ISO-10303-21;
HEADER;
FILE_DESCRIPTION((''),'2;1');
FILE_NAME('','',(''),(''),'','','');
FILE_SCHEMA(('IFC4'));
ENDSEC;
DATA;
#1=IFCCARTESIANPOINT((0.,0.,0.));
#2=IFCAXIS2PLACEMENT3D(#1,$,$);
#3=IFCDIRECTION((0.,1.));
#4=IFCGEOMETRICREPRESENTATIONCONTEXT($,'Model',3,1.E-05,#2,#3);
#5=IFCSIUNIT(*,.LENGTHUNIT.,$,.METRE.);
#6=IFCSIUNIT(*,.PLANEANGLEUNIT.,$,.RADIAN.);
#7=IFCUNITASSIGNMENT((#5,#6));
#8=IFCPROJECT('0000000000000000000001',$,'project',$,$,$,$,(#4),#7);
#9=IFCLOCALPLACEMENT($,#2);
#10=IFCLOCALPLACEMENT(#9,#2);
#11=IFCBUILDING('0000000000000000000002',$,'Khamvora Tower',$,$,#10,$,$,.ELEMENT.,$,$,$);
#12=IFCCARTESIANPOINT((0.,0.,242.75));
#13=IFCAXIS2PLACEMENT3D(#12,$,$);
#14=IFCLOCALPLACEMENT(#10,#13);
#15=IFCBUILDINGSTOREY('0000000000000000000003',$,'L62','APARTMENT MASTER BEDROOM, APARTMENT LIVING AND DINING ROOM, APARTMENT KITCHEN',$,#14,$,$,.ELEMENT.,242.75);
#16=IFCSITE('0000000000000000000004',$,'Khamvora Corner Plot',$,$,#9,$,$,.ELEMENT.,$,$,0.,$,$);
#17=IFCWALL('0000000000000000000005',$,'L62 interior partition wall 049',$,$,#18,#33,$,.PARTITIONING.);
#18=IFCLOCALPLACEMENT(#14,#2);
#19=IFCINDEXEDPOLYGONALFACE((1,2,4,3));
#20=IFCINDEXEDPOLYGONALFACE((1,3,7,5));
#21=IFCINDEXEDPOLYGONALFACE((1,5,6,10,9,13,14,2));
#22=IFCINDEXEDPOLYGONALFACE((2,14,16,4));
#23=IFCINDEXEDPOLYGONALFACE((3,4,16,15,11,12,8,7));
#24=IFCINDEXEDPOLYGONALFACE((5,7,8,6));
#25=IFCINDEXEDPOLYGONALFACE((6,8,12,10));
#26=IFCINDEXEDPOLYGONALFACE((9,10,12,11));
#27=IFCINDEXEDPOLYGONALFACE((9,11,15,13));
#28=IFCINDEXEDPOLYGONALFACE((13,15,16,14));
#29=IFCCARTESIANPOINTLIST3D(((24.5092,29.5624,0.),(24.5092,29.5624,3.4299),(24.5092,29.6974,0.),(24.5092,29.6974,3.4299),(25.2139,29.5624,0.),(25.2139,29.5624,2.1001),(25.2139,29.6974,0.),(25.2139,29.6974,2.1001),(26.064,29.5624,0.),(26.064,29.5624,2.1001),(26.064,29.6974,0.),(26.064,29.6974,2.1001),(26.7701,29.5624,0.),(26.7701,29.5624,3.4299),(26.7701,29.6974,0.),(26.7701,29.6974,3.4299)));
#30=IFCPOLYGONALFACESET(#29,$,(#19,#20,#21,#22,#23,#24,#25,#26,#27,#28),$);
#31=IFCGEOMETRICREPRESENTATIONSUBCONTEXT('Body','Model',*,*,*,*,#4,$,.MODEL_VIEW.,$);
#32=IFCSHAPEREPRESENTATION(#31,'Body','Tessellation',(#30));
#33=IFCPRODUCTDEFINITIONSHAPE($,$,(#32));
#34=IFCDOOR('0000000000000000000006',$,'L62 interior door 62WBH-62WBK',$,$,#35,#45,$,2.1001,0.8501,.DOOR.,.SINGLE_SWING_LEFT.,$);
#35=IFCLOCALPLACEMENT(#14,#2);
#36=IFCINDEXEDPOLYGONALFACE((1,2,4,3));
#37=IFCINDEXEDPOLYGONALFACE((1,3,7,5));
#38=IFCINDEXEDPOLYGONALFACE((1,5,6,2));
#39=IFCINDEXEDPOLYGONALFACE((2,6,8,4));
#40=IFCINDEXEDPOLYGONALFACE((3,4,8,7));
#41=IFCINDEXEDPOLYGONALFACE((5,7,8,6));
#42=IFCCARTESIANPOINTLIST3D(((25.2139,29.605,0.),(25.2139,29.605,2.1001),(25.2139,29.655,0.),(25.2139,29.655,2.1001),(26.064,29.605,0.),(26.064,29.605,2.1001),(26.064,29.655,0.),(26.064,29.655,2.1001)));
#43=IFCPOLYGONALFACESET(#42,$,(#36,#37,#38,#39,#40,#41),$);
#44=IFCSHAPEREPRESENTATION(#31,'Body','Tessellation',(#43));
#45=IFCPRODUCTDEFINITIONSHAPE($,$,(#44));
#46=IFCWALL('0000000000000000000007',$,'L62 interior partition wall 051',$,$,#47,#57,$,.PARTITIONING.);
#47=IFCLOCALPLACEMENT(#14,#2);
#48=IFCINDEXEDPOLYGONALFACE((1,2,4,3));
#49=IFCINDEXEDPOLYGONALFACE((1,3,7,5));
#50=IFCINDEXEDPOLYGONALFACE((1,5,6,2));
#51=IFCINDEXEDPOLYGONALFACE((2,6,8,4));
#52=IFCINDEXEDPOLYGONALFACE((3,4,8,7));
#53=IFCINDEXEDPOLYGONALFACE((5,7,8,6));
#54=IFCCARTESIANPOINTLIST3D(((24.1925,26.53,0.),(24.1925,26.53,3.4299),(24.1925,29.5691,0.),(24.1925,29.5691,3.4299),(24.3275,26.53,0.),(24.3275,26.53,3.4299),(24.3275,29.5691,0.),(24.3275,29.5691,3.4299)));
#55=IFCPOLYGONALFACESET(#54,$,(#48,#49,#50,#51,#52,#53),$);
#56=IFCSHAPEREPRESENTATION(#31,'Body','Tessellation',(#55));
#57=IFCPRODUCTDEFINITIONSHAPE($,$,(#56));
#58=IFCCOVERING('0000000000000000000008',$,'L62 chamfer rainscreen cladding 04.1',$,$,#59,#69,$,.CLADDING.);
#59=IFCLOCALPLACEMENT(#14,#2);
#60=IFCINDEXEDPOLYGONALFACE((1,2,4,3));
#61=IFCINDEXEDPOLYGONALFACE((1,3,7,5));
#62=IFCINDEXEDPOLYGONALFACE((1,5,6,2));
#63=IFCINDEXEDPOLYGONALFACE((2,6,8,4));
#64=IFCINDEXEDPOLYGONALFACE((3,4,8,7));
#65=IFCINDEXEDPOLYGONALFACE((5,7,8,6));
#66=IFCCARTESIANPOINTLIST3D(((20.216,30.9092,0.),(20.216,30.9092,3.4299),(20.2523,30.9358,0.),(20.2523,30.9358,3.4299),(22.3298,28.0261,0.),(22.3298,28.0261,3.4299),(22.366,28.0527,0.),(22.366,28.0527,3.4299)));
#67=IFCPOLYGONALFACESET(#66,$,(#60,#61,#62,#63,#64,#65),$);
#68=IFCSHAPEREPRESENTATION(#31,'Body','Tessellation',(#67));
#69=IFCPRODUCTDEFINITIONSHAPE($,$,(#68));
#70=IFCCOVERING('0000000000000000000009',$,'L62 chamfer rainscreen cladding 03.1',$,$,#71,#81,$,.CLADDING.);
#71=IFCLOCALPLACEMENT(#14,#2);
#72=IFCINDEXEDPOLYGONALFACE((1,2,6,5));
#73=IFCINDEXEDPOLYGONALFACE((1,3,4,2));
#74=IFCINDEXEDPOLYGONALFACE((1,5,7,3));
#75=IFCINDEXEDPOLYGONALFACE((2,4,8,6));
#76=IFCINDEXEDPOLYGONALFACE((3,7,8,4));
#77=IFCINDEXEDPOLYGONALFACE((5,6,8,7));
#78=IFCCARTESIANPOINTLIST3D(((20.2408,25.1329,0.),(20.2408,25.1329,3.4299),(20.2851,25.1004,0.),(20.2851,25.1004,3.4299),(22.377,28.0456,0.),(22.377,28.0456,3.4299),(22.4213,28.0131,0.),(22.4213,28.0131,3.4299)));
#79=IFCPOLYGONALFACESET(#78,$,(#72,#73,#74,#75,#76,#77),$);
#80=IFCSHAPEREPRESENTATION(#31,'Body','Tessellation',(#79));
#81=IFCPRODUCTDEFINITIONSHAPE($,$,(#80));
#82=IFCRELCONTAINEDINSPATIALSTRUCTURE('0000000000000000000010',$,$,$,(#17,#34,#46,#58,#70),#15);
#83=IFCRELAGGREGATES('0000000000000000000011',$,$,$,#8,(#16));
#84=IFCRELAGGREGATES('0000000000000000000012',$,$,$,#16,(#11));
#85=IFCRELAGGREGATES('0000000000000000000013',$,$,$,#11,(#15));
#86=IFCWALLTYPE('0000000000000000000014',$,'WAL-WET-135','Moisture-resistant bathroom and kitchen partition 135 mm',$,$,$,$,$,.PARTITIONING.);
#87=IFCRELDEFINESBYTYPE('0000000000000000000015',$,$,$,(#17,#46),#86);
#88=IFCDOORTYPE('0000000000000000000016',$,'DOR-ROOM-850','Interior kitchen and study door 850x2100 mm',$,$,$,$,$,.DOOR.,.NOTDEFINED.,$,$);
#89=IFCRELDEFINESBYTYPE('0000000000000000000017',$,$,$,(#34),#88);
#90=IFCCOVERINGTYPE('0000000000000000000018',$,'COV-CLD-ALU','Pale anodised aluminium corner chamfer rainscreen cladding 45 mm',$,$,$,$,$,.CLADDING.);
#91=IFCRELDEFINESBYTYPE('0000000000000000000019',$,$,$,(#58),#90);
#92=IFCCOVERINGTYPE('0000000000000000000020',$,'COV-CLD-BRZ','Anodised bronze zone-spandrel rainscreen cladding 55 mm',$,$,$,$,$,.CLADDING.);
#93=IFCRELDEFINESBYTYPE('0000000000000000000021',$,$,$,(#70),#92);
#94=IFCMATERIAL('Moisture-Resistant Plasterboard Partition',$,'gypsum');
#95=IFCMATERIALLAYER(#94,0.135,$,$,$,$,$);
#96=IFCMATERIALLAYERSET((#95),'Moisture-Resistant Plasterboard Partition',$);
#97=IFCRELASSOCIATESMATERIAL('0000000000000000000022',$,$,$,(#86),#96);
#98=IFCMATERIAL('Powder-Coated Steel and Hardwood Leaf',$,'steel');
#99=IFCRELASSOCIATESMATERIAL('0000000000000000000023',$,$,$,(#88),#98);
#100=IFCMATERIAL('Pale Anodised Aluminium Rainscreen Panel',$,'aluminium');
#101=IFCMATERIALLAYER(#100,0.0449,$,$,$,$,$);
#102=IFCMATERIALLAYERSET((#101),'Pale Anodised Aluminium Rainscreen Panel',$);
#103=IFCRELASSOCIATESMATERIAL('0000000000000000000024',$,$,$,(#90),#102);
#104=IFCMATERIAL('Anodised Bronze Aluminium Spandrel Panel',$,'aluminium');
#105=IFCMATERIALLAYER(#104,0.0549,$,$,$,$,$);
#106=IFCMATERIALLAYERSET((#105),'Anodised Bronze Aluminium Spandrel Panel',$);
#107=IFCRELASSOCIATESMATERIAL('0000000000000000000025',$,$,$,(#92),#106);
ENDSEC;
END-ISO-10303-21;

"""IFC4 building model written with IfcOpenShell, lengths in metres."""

from ifc_helpers import new_model, si_unit, direction, frame, frame_2d, origin, origin_2d, place, context, subcontext, project, spatial, rectangle, extrude, material, layer, layer_set, type_object, element, fill, save


model = new_model("IFC4")

# Units and contexts
model_context = context("Model", 3, precision=1e-05, world=origin(), true_north=direction((0.0, 1.0)))
body_context = subcontext(model_context, "Body", "Model", "MODEL_VIEW")
ifc_project = project(units=[si_unit("LENGTHUNIT", "METRE"), si_unit("PLANEANGLEUNIT", "RADIAN")], contexts=[model_context])

# Site, building, storey
site_placement = place(None, origin())
site = spatial("IfcSite", under=ifc_project, at=site_placement, Name="Khamvora Corner Plot", CompositionType="ELEMENT", RefElevation=0.0)
building_placement = place(site_placement, origin())
building = spatial("IfcBuilding", under=site, at=building_placement, Name="Khamvora Tower", CompositionType="ELEMENT")
storey_placement = place(building_placement, frame((0.0, 0.0, 242.75)))
storey = spatial("IfcBuildingStorey", under=building, at=storey_placement, Name="L62", Description="APARTMENT MASTER BEDROOM, APARTMENT LIVING AND DINING ROOM, APARTMENT KITCHEN", CompositionType="ELEMENT", Elevation=242.75)

# Shared definitions
ifc_material_1 = material(Name="Powder-Coated Steel and Hardwood Leaf", Category="steel")

# Wall, opening, door
ifc_material_2 = material(Name="Moisture-Resistant Plasterboard Partition", Category="gypsum")
ifc_layer_1 = layer(ifc_material_2, 0.135)
ifc_layer_set_1 = layer_set([ifc_layer_1], Name="Moisture-Resistant Plasterboard Partition")
wall_type_1 = type_object("IfcWallType", Name="WAL-WET-135", Description="Moisture-resistant bathroom and kitchen partition 135 mm", PredefinedType="PARTITIONING", material=ifc_layer_set_1)
wall_1_placement = place(storey_placement, frame((26.77, 29.6299, 0.0), z_axis=(0.0, 0.0, 1.0), x_axis=(-1.0, 0.0, 0.0)))
wall_1 = element("IfcWall", 1, at=wall_1_placement, inside=storey, type_object=wall_type_1, Name="L62 interior partition wall 049", PredefinedType="PARTITIONING", context=body_context, shape_type="SweptSolid", body=[
    extrude(rectangle(XDim=2.261, YDim=0.135, at=frame_2d((1.1304, 0.0))), origin(), (0.0, 0.0, 1.0), 3.4299),
])
opening_1_placement = place(wall_1_placement, frame((0.7061, 0.0, 0.0)))
opening_1 = element("IfcOpeningElement", 2, at=opening_1_placement, cuts=wall_1, PredefinedType="OPENING", context=body_context, shape_type="SweptSolid", body=[
    extrude(rectangle(XDim=0.8501, YDim=2.1001, at=frame_2d((0.425, 1.05))), frame((0.0, 0.0774, 0.0), z_axis=(0.0, -1.0, 0.0), x_axis=(1.0, 0.0, 0.0)), (0.0, 0.0, 1.0), 0.155),
])
door_type_1 = type_object("IfcDoorType", Name="DOR-ROOM-850", Description="Interior kitchen and study door 850x2100 mm", OperationType="NOTDEFINED", PredefinedType="DOOR", material=ifc_material_1)
door_1_placement = place(opening_1_placement, origin())
door_1 = element("IfcDoor", 3, at=door_1_placement, inside=storey, type_object=door_type_1, Name="L62 interior door 62WBH-62WBK", OperationType="SINGLE_SWING_LEFT", OverallHeight=2.1001, OverallWidth=0.8501, PredefinedType="DOOR", context=body_context, shape_type="SweptSolid", body=[
    extrude(rectangle(XDim=0.8501, YDim=2.1001, at=frame_2d((0.425, 1.05))), frame((0.0, 0.0249, 0.0), z_axis=(0.0, -1.0, 0.0), x_axis=(1.0, 0.0, 0.0)), (0.0, 0.0, 1.0), 0.05),
])
fill(opening_1, door_1)

# Wall
wall_2_placement = place(storey_placement, frame((24.26, 29.5691, 0.0), z_axis=(0.0, 0.0, 1.0), x_axis=(0.0, -1.0, 0.0)))
element("IfcWall", 4, at=wall_2_placement, inside=storey, type_object=wall_type_1, Name="L62 interior partition wall 051", PredefinedType="PARTITIONING", context=body_context, shape_type="SweptSolid", body=[
    extrude(rectangle(XDim=3.0391, YDim=0.135, at=frame_2d((1.5195, 0.0))), origin(), (0.0, 0.0, 1.0), 3.4299),
])

# Coverings
ifc_material_3 = material(Name="Pale Anodised Aluminium Rainscreen Panel", Category="aluminium")
ifc_layer_2 = layer(ifc_material_3, 0.0449)
ifc_layer_set_2 = layer_set([ifc_layer_2], Name="Pale Anodised Aluminium Rainscreen Panel")
covering_type_1 = type_object("IfcCoveringType", Name="COV-CLD-ALU", Description="Pale anodised aluminium corner chamfer rainscreen cladding 45 mm", PredefinedType="CLADDING", material=ifc_layer_set_2)
covering_1_placement = place(storey_placement, frame((21.291, 29.481, 0.0), z_axis=(0.0, 0.0, 1.0), x_axis=(-0.591257, 0.806483, 0.0)))
element("IfcCovering", 5, at=covering_1_placement, inside=storey, type_object=covering_type_1, Name="L62 chamfer rainscreen cladding 04.1", PredefinedType="CLADDING", context=body_context, shape_type="SweptSolid", body=[
    extrude(rectangle(XDim=3.575, YDim=0.0449, at=origin_2d()), origin(), (0.0, 0.0, 1.0), 3.4299),
])
ifc_material_4 = material(Name="Anodised Bronze Aluminium Spandrel Panel", Category="aluminium")
ifc_layer_3 = layer(ifc_material_4, 0.0549)
ifc_layer_set_3 = layer_set([ifc_layer_3], Name="Anodised Bronze Aluminium Spandrel Panel")
covering_type_2 = type_object("IfcCoveringType", Name="COV-CLD-BRZ", Description="Anodised bronze zone-spandrel rainscreen cladding 55 mm", PredefinedType="CLADDING", material=ifc_layer_set_3)
covering_2_placement = place(storey_placement, frame((21.3311, 26.573, 0.0), z_axis=(0.0, 0.0, 1.0), x_axis=(0.591387, 0.806388, 0.0)))
element("IfcCovering", 6, at=covering_2_placement, inside=storey, type_object=covering_type_2, Name="L62 chamfer rainscreen cladding 03.1", PredefinedType="CLADDING", context=body_context, shape_type="SweptSolid", body=[
    extrude(rectangle(XDim=3.6121, YDim=0.0549, at=origin_2d()), origin(), (0.0, 0.0, 1.0), 3.4299),
])

save(model, "model.ifc")
